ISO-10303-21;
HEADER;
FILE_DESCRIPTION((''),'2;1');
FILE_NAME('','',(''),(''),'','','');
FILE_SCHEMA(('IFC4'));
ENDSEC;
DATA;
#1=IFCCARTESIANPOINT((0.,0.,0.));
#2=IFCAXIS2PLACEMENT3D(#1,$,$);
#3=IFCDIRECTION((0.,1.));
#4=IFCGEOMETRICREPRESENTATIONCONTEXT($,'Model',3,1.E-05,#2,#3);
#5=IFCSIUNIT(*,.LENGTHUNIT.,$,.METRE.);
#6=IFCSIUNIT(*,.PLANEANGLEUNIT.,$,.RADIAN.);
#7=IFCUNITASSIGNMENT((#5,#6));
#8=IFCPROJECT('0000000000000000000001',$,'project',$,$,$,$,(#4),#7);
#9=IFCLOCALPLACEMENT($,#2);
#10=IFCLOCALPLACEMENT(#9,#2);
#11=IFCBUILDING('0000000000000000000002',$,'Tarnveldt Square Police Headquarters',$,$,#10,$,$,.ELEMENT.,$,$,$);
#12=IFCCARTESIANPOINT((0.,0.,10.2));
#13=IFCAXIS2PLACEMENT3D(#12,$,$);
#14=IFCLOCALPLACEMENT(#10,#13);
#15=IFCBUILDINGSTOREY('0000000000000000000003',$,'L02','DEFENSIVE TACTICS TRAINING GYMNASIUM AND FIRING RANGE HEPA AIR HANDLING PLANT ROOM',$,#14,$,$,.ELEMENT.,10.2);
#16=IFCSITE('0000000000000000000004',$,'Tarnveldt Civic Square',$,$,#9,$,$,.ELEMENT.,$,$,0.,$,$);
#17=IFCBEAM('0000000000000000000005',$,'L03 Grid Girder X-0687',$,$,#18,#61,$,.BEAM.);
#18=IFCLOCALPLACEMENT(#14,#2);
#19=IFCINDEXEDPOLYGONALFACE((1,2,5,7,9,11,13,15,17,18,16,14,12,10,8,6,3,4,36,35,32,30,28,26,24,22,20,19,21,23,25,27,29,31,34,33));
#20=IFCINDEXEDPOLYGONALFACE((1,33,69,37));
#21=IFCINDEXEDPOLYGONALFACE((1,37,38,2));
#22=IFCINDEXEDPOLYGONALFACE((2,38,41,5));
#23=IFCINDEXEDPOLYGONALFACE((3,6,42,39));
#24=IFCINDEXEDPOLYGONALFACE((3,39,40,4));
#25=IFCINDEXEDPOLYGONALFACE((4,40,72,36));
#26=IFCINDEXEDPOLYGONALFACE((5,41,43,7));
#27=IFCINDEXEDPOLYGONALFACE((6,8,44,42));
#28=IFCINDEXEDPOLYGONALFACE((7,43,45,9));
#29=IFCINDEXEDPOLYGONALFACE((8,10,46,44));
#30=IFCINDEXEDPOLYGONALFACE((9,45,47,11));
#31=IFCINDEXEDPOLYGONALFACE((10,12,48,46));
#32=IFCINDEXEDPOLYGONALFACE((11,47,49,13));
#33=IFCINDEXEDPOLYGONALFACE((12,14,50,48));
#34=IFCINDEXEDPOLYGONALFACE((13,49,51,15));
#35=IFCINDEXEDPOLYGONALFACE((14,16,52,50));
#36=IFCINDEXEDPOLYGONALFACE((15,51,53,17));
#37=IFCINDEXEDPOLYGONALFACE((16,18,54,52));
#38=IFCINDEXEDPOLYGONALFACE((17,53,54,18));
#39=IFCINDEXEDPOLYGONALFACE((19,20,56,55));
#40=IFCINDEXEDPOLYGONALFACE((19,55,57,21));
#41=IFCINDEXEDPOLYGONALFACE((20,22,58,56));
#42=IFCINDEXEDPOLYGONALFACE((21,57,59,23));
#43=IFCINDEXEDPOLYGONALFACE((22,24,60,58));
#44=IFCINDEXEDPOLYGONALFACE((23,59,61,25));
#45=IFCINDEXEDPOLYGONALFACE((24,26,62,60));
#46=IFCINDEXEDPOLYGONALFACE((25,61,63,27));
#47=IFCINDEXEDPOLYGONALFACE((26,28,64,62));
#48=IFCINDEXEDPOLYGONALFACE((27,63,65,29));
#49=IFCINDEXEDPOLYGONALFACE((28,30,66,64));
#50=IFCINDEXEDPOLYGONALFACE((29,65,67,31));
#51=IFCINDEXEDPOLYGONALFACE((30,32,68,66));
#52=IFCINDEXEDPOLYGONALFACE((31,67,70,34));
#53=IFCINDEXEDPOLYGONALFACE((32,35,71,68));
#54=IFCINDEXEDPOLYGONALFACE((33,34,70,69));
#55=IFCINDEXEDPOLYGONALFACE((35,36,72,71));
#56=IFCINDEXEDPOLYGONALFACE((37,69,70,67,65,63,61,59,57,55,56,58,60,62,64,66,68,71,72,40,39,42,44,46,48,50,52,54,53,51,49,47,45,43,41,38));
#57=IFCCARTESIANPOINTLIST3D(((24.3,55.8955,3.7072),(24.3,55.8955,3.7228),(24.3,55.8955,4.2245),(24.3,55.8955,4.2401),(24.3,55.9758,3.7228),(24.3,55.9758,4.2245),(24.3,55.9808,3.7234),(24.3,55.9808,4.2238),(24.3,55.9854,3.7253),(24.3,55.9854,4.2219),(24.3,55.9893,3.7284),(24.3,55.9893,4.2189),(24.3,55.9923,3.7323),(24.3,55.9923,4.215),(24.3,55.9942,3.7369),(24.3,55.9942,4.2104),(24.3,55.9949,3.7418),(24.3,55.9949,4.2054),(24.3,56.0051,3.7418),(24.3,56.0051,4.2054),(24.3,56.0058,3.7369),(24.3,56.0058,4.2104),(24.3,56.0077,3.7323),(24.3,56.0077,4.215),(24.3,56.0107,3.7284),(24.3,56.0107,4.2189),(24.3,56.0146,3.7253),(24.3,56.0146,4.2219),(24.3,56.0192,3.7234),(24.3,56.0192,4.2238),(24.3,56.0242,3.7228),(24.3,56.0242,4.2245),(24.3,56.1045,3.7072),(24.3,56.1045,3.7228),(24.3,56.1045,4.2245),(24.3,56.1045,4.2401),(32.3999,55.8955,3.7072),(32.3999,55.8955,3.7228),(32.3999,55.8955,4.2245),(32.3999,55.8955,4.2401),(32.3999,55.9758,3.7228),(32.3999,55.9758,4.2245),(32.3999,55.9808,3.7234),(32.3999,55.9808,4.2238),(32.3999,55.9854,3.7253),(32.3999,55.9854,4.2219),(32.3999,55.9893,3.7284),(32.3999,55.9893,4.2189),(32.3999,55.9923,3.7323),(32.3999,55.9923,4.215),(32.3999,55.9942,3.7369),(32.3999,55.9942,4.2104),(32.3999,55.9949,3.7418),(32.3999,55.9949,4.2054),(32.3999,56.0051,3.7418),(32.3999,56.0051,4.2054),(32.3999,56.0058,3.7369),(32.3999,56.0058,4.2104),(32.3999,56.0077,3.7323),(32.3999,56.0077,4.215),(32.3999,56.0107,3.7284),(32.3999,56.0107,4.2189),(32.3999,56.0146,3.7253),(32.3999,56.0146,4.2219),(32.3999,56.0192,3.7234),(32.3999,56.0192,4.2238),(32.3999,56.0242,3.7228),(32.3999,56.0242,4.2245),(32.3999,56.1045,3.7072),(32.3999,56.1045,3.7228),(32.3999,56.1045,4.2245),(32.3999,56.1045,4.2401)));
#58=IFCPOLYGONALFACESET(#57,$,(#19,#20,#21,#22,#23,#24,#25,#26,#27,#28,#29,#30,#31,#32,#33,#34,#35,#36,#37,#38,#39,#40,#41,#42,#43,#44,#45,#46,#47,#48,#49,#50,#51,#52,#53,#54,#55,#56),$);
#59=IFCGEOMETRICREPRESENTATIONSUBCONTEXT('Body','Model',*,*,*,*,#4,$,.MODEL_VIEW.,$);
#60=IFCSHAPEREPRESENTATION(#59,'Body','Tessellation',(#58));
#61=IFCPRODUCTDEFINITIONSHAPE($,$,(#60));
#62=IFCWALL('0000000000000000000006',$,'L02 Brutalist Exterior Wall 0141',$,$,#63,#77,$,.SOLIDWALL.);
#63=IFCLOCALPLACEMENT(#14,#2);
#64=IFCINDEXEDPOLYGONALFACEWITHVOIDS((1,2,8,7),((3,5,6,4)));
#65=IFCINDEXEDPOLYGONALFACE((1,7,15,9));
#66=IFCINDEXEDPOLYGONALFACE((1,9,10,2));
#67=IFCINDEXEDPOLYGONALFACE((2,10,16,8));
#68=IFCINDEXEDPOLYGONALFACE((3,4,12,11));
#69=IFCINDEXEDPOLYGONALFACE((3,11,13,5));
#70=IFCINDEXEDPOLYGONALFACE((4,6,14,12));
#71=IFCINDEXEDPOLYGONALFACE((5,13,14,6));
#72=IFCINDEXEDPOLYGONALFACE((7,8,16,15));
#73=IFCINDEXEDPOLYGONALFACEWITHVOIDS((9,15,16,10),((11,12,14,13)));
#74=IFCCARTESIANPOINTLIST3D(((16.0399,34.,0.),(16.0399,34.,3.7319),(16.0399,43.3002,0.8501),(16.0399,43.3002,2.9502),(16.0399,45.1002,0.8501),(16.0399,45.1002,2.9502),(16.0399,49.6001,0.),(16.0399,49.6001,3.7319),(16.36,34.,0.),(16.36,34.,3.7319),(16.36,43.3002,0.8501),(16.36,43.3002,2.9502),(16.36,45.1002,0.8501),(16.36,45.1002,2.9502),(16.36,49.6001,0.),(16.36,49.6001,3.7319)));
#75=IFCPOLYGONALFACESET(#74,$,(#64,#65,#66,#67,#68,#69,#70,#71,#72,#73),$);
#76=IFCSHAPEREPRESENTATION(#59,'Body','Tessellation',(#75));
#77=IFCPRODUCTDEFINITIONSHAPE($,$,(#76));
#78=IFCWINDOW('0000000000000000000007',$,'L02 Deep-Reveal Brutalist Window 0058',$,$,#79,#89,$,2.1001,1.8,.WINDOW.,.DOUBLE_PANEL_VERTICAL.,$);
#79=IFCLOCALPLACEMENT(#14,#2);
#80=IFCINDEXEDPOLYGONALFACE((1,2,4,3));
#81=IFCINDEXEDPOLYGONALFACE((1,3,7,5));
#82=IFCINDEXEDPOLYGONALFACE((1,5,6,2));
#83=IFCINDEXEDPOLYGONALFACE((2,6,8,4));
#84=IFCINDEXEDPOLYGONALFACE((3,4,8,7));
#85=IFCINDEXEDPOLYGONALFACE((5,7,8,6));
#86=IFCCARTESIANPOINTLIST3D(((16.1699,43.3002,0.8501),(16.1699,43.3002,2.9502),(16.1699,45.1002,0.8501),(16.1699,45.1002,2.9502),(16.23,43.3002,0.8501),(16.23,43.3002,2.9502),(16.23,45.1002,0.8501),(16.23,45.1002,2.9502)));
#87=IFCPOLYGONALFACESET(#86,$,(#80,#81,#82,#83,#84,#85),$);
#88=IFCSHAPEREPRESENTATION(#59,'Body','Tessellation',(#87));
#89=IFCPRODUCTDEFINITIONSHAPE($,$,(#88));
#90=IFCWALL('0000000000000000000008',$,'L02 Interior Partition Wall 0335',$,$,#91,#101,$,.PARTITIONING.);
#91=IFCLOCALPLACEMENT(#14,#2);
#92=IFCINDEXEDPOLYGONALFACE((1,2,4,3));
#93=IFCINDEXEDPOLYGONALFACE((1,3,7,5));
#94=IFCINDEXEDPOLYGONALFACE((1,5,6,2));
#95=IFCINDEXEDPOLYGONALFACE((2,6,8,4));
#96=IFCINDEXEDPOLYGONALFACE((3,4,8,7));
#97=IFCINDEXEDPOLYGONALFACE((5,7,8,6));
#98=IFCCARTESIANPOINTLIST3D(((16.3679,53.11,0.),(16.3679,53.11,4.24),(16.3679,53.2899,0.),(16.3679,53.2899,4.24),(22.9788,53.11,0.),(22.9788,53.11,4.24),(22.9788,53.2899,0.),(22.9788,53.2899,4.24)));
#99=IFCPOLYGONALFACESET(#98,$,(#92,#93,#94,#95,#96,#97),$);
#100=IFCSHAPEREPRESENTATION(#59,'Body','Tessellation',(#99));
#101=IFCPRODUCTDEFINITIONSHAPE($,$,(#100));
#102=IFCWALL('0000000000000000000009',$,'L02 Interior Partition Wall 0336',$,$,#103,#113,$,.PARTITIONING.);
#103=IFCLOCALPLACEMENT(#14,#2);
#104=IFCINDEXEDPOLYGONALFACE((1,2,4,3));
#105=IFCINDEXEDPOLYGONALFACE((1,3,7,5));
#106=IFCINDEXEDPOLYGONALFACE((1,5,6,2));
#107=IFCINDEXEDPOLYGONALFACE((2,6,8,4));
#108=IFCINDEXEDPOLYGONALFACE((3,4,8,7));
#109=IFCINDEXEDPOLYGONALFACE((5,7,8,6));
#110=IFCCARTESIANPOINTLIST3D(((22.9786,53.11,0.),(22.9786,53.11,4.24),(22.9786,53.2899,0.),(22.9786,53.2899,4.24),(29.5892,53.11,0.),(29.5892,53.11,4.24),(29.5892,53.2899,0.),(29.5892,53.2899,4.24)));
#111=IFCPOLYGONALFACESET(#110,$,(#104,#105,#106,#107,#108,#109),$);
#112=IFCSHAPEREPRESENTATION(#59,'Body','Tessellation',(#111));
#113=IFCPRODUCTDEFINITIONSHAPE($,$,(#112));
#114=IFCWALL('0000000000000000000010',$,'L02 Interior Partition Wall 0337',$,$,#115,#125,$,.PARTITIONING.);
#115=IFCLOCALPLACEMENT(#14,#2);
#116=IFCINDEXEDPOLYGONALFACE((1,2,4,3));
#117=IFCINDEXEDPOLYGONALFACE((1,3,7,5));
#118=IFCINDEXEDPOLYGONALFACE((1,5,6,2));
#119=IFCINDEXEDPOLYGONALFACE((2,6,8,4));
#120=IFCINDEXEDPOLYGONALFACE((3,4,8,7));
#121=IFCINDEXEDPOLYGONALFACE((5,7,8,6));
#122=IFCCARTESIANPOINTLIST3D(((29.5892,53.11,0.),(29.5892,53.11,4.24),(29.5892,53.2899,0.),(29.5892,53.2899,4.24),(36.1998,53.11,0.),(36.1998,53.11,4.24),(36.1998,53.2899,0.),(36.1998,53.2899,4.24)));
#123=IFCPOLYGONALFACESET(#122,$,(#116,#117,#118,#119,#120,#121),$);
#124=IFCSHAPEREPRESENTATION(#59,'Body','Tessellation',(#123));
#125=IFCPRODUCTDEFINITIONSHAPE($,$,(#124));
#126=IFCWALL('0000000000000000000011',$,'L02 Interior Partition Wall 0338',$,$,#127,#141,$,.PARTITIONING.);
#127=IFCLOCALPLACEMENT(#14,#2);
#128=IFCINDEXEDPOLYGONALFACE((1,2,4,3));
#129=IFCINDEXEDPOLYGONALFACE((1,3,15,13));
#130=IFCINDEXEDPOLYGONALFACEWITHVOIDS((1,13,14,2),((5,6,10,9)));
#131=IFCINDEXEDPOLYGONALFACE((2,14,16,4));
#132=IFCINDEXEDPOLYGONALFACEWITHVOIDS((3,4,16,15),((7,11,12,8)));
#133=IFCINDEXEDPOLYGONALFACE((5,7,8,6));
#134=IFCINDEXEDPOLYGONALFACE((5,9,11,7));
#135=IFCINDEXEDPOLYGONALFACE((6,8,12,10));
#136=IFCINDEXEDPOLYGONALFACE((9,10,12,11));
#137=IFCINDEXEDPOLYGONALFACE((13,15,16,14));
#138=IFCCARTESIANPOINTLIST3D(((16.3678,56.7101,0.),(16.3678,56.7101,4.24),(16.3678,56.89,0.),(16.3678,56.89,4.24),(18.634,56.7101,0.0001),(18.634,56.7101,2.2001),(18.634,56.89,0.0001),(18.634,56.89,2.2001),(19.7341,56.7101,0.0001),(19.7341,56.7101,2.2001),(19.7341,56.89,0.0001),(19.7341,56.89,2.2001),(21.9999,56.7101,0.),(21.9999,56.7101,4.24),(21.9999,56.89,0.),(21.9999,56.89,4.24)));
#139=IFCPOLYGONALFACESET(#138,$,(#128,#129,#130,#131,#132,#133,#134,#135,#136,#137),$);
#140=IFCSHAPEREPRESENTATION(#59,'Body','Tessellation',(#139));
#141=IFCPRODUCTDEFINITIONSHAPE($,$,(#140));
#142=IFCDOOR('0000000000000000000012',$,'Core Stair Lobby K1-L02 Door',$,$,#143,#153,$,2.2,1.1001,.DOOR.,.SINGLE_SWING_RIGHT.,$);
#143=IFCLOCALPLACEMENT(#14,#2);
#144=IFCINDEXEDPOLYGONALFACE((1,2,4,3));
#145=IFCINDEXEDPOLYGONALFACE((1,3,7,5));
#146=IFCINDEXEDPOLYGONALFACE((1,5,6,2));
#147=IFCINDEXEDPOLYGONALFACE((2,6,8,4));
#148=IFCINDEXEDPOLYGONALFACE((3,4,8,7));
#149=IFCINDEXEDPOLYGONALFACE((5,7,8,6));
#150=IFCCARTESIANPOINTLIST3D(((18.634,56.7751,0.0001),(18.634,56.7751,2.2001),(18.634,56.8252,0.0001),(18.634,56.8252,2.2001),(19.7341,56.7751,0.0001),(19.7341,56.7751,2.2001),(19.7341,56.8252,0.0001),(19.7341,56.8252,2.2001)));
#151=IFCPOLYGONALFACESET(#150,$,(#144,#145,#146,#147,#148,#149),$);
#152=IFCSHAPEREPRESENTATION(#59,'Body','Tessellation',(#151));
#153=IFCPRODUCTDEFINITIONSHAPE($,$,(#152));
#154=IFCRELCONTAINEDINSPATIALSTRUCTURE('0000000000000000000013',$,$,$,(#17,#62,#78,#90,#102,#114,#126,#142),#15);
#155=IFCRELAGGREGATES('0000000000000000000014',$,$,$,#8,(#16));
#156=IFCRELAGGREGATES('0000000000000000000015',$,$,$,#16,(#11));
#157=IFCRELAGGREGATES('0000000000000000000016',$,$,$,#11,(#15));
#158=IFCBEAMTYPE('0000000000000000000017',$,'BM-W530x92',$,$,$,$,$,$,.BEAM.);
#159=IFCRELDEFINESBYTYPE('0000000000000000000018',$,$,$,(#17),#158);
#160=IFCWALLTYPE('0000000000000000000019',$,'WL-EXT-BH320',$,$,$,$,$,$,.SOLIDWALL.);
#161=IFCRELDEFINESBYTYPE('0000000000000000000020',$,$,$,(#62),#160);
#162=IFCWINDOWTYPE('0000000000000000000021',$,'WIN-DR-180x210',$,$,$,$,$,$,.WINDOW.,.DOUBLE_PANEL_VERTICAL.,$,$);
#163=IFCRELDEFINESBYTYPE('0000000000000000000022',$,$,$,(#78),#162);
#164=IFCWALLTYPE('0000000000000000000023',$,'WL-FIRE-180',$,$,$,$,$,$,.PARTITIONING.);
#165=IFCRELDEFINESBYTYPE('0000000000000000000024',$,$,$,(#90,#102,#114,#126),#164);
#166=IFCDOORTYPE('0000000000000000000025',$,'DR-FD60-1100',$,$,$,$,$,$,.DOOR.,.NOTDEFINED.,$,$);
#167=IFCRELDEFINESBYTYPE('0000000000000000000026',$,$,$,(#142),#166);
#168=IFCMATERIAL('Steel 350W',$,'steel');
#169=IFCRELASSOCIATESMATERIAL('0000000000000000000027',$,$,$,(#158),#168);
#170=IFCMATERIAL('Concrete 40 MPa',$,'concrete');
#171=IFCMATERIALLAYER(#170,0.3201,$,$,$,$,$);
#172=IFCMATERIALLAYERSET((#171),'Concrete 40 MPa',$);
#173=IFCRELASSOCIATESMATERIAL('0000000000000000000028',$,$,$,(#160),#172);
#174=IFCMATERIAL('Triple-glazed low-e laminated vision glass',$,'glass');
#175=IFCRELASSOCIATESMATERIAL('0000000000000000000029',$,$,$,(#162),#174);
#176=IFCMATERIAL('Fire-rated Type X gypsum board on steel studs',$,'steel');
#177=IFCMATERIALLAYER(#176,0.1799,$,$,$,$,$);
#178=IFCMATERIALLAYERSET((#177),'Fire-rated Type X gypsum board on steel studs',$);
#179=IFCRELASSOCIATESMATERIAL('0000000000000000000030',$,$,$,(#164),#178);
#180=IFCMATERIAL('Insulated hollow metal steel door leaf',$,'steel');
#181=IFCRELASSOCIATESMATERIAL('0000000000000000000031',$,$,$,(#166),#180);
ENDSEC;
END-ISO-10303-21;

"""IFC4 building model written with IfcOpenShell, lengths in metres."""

from ifc_helpers import new_model, si_unit, direction, frame, frame_2d, origin, origin_2d, place, context, subcontext, project, spatial, rectangle, i_section, extrude, material, layer, layer_set, material_profile, profile_set, type_object, element, fill, save


model = new_model("IFC4")

# Units and contexts
model_context = context("Model", 3, precision=1e-05, world=origin(), true_north=direction((0.0, 1.0)))
body_context = subcontext(model_context, "Body", "Model", "MODEL_VIEW")
ifc_project = project(units=[si_unit("LENGTHUNIT", "METRE"), si_unit("PLANEANGLEUNIT", "RADIAN")], contexts=[model_context])

# Site, building, storey
site_placement = place(None, origin())
site = spatial("IfcSite", under=ifc_project, at=site_placement, Name="Tarnveldt Civic Square", CompositionType="ELEMENT", RefElevation=0.0)
building_placement = place(site_placement, origin())
building = spatial("IfcBuilding", under=site, at=building_placement, Name="Tarnveldt Square Police Headquarters", CompositionType="ELEMENT")
storey_placement = place(building_placement, frame((0.0, 0.0, 10.2)))
storey = spatial("IfcBuildingStorey", under=building, at=storey_placement, Name="L02", Description="DEFENSIVE TACTICS TRAINING GYMNASIUM AND FIRING RANGE HEPA AIR HANDLING PLANT ROOM", CompositionType="ELEMENT", Elevation=10.2)

# Shared definitions
ifc_material_1 = material(Name="Concrete 40 MPa", Category="concrete")

# Beam
ifc_material_2 = material(Name="Steel 350W", Category="steel")
ifc_material_profile_1 = material_profile(ifc_material_2, i_section(OverallWidth=0.209, OverallDepth=0.533, WebThickness=0.0103, FlangeThickness=0.0156, FilletRadius=0.019, at=origin_2d()), Name="W530x92")
ifc_profile_set_1 = profile_set([ifc_material_profile_1], Name="Steel 350W")
beam_type_1 = type_object("IfcBeamType", Name="BM-W530x92", PredefinedType="BEAM", material=ifc_profile_set_1)
for number, where, z_axis, x_axis, name in (
    (1, (24.3, 56.0, 3.9736), (1.0, 0.0, 0.0), (0.0, 1.0, 0.0), "L03 Grid Girder X-0687"),
):
    element("IfcBeam", number, at=place(storey_placement, frame(where, z_axis=z_axis, x_axis=x_axis)), inside=storey, type_object=beam_type_1, Name=name, PredefinedType="BEAM", context=body_context, shape_type="SweptSolid", body=[
        extrude(i_section(OverallWidth=0.209, OverallDepth=0.533, WebThickness=0.0103, FlangeThickness=0.0156, FilletRadius=0.019, at=origin_2d()), origin(), (0.0, 0.0, 1.0), 8.0999),
    ])

# Wall, opening, window
ifc_layer_1 = layer(ifc_material_1, 0.3201)
ifc_layer_set_1 = layer_set([ifc_layer_1], Name="Concrete 40 MPa")
wall_type_1 = type_object("IfcWallType", Name="WL-EXT-BH320", PredefinedType="SOLIDWALL", material=ifc_layer_set_1)
wall_1_placement = place(storey_placement, frame((16.2, 49.6001, 0.0), z_axis=(0.0, 0.0, 1.0), x_axis=(0.0, -1.0, 0.0)))
wall_1 = element("IfcWall", 2, at=wall_1_placement, inside=storey, type_object=wall_type_1, Name="L02 Brutalist Exterior Wall 0141", PredefinedType="SOLIDWALL", context=body_context, shape_type="SweptSolid", body=[
    extrude(rectangle(XDim=15.6001, YDim=0.3201, at=frame_2d((7.8, 0.0))), origin(), (0.0, 0.0, 1.0), 3.7319),
])
opening_1_placement = place(wall_1_placement, frame((4.5, 0.0, 0.8501)))
opening_1 = element("IfcOpeningElement", 3, at=opening_1_placement, cuts=wall_1, PredefinedType="OPENING", context=body_context, shape_type="SweptSolid", body=[
    extrude(rectangle(XDim=1.8, YDim=2.1001, at=frame_2d((0.8999, 1.05))), frame((0.0, 0.1699, 0.0), z_axis=(0.0, -1.0, 0.0), x_axis=(1.0, 0.0, 0.0)), (0.0, 0.0, 1.0), 0.3401),
])
ifc_material_3 = material(Name="Triple-glazed low-e laminated vision glass", Category="glass")
window_type = type_object("IfcWindowType", Name="WIN-DR-180x210", PartitioningType="DOUBLE_PANEL_VERTICAL", PredefinedType="WINDOW", material=ifc_material_3)
window_placement = place(opening_1_placement, origin())
window = element("IfcWindow", 4, at=window_placement, inside=storey, type_object=window_type, Name="L02 Deep-Reveal Brutalist Window 0058", OverallHeight=2.1001, OverallWidth=1.8, PartitioningType="DOUBLE_PANEL_VERTICAL", PredefinedType="WINDOW", context=body_context, shape_type="SweptSolid", body=[
    extrude(rectangle(XDim=1.8, YDim=2.1001, at=frame_2d((0.8999, 1.05))), frame((0.0, 0.03, 0.0), z_axis=(0.0, -1.0, 0.0), x_axis=(1.0, 0.0, 0.0)), (0.0, 0.0, 1.0), 0.0601),
])
fill(opening_1, window)

# Walls
ifc_material_4 = material(Name="Fire-rated Type X gypsum board on steel studs", Category="steel")
ifc_layer_2 = layer(ifc_material_4, 0.1799)
ifc_layer_set_2 = layer_set([ifc_layer_2], Name="Fire-rated Type X gypsum board on steel studs")
wall_type_2 = type_object("IfcWallType", Name="WL-FIRE-180", PredefinedType="PARTITIONING", material=ifc_layer_set_2)
wall_2_placement = place(storey_placement, frame((16.3679, 53.2, 0.0), z_axis=(0.0, 0.0, 1.0), x_axis=(1.0, 0.0, 0.0)))
element("IfcWall", 5, at=wall_2_placement, inside=storey, type_object=wall_type_2, Name="L02 Interior Partition Wall 0335", PredefinedType="PARTITIONING", context=body_context, shape_type="SweptSolid", body=[
    extrude(rectangle(XDim=6.6108, YDim=0.1799, at=frame_2d((3.3054, 0.0))), origin(), (0.0, 0.0, 1.0), 4.24),
])
for number, where, z_axis, x_axis, name in (
    (6, (22.9788, 53.2, 0.0), (0.0, 0.0, 1.0), (1.0, 0.0, 0.0), "L02 Interior Partition Wall 0336"),
    (7, (29.5894, 53.2, 0.0), (0.0, 0.0, 1.0), (1.0, 0.0, 0.0), "L02 Interior Partition Wall 0337"),
):
    element("IfcWall", number, at=place(storey_placement, frame(where, z_axis=z_axis, x_axis=x_axis)), inside=storey, type_object=wall_type_2, Name=name, PredefinedType="PARTITIONING", context=body_context, shape_type="SweptSolid", body=[
        extrude(rectangle(XDim=6.6106, YDim=0.1799, at=frame_2d((3.3052, 0.0))), origin(), (0.0, 0.0, 1.0), 4.24),
    ])

# Wall, opening, door
wall_3_placement = place(storey_placement, frame((16.3679, 56.8, 0.0), z_axis=(0.0, 0.0, 1.0), x_axis=(1.0, 0.0, 0.0)))
wall_3 = element("IfcWall", 8, at=wall_3_placement, inside=storey, type_object=wall_type_2, Name="L02 Interior Partition Wall 0338", PredefinedType="PARTITIONING", context=body_context, shape_type="SweptSolid", body=[
    extrude(rectangle(XDim=5.6321, YDim=0.1799, at=frame_2d((2.8159, 0.0))), origin(), (0.0, 0.0, 1.0), 4.24),
])
opening_2_placement = place(wall_3_placement, frame((2.2661, 0.0, 0.0)))
opening_2 = element("IfcOpeningElement", 9, at=opening_2_placement, cuts=wall_3, PredefinedType="OPENING", context=body_context, shape_type="SweptSolid", body=[
    extrude(rectangle(XDim=1.1001, YDim=2.2, at=frame_2d((0.55, 1.1001))), frame((0.0, 0.0999, 0.0), z_axis=(0.0, -1.0, 0.0), x_axis=(1.0, 0.0, 0.0)), (0.0, 0.0, 1.0), 0.2),
])
ifc_material_5 = material(Name="Insulated hollow metal steel door leaf", Category="steel")
door_type_1 = type_object("IfcDoorType", Name="DR-FD60-1100", OperationType="NOTDEFINED", PredefinedType="DOOR", material=ifc_material_5)
door_1_placement = place(opening_2_placement, frame((1.1001, 0.0, 0.0), z_axis=(0.0, 0.0, 1.0), x_axis=(-1.0, 0.0, 0.0)))
door_1 = element("IfcDoor", 10, at=door_1_placement, inside=storey, type_object=door_type_1, Name="Core Stair Lobby K1-L02 Door", OperationType="SINGLE_SWING_RIGHT", OverallHeight=2.2, OverallWidth=1.1001, PredefinedType="DOOR", context=body_context, shape_type="SweptSolid", body=[
    extrude(rectangle(XDim=1.1001, YDim=2.2, at=frame_2d((0.55, 1.1001))), frame((0.0, 0.0249, 0.0), z_axis=(0.0, -1.0, 0.0), x_axis=(1.0, 0.0, 0.0)), (0.0, 0.0, 1.0), 0.05),
])
fill(opening_2, door_1)

save(model, "model.ifc")
